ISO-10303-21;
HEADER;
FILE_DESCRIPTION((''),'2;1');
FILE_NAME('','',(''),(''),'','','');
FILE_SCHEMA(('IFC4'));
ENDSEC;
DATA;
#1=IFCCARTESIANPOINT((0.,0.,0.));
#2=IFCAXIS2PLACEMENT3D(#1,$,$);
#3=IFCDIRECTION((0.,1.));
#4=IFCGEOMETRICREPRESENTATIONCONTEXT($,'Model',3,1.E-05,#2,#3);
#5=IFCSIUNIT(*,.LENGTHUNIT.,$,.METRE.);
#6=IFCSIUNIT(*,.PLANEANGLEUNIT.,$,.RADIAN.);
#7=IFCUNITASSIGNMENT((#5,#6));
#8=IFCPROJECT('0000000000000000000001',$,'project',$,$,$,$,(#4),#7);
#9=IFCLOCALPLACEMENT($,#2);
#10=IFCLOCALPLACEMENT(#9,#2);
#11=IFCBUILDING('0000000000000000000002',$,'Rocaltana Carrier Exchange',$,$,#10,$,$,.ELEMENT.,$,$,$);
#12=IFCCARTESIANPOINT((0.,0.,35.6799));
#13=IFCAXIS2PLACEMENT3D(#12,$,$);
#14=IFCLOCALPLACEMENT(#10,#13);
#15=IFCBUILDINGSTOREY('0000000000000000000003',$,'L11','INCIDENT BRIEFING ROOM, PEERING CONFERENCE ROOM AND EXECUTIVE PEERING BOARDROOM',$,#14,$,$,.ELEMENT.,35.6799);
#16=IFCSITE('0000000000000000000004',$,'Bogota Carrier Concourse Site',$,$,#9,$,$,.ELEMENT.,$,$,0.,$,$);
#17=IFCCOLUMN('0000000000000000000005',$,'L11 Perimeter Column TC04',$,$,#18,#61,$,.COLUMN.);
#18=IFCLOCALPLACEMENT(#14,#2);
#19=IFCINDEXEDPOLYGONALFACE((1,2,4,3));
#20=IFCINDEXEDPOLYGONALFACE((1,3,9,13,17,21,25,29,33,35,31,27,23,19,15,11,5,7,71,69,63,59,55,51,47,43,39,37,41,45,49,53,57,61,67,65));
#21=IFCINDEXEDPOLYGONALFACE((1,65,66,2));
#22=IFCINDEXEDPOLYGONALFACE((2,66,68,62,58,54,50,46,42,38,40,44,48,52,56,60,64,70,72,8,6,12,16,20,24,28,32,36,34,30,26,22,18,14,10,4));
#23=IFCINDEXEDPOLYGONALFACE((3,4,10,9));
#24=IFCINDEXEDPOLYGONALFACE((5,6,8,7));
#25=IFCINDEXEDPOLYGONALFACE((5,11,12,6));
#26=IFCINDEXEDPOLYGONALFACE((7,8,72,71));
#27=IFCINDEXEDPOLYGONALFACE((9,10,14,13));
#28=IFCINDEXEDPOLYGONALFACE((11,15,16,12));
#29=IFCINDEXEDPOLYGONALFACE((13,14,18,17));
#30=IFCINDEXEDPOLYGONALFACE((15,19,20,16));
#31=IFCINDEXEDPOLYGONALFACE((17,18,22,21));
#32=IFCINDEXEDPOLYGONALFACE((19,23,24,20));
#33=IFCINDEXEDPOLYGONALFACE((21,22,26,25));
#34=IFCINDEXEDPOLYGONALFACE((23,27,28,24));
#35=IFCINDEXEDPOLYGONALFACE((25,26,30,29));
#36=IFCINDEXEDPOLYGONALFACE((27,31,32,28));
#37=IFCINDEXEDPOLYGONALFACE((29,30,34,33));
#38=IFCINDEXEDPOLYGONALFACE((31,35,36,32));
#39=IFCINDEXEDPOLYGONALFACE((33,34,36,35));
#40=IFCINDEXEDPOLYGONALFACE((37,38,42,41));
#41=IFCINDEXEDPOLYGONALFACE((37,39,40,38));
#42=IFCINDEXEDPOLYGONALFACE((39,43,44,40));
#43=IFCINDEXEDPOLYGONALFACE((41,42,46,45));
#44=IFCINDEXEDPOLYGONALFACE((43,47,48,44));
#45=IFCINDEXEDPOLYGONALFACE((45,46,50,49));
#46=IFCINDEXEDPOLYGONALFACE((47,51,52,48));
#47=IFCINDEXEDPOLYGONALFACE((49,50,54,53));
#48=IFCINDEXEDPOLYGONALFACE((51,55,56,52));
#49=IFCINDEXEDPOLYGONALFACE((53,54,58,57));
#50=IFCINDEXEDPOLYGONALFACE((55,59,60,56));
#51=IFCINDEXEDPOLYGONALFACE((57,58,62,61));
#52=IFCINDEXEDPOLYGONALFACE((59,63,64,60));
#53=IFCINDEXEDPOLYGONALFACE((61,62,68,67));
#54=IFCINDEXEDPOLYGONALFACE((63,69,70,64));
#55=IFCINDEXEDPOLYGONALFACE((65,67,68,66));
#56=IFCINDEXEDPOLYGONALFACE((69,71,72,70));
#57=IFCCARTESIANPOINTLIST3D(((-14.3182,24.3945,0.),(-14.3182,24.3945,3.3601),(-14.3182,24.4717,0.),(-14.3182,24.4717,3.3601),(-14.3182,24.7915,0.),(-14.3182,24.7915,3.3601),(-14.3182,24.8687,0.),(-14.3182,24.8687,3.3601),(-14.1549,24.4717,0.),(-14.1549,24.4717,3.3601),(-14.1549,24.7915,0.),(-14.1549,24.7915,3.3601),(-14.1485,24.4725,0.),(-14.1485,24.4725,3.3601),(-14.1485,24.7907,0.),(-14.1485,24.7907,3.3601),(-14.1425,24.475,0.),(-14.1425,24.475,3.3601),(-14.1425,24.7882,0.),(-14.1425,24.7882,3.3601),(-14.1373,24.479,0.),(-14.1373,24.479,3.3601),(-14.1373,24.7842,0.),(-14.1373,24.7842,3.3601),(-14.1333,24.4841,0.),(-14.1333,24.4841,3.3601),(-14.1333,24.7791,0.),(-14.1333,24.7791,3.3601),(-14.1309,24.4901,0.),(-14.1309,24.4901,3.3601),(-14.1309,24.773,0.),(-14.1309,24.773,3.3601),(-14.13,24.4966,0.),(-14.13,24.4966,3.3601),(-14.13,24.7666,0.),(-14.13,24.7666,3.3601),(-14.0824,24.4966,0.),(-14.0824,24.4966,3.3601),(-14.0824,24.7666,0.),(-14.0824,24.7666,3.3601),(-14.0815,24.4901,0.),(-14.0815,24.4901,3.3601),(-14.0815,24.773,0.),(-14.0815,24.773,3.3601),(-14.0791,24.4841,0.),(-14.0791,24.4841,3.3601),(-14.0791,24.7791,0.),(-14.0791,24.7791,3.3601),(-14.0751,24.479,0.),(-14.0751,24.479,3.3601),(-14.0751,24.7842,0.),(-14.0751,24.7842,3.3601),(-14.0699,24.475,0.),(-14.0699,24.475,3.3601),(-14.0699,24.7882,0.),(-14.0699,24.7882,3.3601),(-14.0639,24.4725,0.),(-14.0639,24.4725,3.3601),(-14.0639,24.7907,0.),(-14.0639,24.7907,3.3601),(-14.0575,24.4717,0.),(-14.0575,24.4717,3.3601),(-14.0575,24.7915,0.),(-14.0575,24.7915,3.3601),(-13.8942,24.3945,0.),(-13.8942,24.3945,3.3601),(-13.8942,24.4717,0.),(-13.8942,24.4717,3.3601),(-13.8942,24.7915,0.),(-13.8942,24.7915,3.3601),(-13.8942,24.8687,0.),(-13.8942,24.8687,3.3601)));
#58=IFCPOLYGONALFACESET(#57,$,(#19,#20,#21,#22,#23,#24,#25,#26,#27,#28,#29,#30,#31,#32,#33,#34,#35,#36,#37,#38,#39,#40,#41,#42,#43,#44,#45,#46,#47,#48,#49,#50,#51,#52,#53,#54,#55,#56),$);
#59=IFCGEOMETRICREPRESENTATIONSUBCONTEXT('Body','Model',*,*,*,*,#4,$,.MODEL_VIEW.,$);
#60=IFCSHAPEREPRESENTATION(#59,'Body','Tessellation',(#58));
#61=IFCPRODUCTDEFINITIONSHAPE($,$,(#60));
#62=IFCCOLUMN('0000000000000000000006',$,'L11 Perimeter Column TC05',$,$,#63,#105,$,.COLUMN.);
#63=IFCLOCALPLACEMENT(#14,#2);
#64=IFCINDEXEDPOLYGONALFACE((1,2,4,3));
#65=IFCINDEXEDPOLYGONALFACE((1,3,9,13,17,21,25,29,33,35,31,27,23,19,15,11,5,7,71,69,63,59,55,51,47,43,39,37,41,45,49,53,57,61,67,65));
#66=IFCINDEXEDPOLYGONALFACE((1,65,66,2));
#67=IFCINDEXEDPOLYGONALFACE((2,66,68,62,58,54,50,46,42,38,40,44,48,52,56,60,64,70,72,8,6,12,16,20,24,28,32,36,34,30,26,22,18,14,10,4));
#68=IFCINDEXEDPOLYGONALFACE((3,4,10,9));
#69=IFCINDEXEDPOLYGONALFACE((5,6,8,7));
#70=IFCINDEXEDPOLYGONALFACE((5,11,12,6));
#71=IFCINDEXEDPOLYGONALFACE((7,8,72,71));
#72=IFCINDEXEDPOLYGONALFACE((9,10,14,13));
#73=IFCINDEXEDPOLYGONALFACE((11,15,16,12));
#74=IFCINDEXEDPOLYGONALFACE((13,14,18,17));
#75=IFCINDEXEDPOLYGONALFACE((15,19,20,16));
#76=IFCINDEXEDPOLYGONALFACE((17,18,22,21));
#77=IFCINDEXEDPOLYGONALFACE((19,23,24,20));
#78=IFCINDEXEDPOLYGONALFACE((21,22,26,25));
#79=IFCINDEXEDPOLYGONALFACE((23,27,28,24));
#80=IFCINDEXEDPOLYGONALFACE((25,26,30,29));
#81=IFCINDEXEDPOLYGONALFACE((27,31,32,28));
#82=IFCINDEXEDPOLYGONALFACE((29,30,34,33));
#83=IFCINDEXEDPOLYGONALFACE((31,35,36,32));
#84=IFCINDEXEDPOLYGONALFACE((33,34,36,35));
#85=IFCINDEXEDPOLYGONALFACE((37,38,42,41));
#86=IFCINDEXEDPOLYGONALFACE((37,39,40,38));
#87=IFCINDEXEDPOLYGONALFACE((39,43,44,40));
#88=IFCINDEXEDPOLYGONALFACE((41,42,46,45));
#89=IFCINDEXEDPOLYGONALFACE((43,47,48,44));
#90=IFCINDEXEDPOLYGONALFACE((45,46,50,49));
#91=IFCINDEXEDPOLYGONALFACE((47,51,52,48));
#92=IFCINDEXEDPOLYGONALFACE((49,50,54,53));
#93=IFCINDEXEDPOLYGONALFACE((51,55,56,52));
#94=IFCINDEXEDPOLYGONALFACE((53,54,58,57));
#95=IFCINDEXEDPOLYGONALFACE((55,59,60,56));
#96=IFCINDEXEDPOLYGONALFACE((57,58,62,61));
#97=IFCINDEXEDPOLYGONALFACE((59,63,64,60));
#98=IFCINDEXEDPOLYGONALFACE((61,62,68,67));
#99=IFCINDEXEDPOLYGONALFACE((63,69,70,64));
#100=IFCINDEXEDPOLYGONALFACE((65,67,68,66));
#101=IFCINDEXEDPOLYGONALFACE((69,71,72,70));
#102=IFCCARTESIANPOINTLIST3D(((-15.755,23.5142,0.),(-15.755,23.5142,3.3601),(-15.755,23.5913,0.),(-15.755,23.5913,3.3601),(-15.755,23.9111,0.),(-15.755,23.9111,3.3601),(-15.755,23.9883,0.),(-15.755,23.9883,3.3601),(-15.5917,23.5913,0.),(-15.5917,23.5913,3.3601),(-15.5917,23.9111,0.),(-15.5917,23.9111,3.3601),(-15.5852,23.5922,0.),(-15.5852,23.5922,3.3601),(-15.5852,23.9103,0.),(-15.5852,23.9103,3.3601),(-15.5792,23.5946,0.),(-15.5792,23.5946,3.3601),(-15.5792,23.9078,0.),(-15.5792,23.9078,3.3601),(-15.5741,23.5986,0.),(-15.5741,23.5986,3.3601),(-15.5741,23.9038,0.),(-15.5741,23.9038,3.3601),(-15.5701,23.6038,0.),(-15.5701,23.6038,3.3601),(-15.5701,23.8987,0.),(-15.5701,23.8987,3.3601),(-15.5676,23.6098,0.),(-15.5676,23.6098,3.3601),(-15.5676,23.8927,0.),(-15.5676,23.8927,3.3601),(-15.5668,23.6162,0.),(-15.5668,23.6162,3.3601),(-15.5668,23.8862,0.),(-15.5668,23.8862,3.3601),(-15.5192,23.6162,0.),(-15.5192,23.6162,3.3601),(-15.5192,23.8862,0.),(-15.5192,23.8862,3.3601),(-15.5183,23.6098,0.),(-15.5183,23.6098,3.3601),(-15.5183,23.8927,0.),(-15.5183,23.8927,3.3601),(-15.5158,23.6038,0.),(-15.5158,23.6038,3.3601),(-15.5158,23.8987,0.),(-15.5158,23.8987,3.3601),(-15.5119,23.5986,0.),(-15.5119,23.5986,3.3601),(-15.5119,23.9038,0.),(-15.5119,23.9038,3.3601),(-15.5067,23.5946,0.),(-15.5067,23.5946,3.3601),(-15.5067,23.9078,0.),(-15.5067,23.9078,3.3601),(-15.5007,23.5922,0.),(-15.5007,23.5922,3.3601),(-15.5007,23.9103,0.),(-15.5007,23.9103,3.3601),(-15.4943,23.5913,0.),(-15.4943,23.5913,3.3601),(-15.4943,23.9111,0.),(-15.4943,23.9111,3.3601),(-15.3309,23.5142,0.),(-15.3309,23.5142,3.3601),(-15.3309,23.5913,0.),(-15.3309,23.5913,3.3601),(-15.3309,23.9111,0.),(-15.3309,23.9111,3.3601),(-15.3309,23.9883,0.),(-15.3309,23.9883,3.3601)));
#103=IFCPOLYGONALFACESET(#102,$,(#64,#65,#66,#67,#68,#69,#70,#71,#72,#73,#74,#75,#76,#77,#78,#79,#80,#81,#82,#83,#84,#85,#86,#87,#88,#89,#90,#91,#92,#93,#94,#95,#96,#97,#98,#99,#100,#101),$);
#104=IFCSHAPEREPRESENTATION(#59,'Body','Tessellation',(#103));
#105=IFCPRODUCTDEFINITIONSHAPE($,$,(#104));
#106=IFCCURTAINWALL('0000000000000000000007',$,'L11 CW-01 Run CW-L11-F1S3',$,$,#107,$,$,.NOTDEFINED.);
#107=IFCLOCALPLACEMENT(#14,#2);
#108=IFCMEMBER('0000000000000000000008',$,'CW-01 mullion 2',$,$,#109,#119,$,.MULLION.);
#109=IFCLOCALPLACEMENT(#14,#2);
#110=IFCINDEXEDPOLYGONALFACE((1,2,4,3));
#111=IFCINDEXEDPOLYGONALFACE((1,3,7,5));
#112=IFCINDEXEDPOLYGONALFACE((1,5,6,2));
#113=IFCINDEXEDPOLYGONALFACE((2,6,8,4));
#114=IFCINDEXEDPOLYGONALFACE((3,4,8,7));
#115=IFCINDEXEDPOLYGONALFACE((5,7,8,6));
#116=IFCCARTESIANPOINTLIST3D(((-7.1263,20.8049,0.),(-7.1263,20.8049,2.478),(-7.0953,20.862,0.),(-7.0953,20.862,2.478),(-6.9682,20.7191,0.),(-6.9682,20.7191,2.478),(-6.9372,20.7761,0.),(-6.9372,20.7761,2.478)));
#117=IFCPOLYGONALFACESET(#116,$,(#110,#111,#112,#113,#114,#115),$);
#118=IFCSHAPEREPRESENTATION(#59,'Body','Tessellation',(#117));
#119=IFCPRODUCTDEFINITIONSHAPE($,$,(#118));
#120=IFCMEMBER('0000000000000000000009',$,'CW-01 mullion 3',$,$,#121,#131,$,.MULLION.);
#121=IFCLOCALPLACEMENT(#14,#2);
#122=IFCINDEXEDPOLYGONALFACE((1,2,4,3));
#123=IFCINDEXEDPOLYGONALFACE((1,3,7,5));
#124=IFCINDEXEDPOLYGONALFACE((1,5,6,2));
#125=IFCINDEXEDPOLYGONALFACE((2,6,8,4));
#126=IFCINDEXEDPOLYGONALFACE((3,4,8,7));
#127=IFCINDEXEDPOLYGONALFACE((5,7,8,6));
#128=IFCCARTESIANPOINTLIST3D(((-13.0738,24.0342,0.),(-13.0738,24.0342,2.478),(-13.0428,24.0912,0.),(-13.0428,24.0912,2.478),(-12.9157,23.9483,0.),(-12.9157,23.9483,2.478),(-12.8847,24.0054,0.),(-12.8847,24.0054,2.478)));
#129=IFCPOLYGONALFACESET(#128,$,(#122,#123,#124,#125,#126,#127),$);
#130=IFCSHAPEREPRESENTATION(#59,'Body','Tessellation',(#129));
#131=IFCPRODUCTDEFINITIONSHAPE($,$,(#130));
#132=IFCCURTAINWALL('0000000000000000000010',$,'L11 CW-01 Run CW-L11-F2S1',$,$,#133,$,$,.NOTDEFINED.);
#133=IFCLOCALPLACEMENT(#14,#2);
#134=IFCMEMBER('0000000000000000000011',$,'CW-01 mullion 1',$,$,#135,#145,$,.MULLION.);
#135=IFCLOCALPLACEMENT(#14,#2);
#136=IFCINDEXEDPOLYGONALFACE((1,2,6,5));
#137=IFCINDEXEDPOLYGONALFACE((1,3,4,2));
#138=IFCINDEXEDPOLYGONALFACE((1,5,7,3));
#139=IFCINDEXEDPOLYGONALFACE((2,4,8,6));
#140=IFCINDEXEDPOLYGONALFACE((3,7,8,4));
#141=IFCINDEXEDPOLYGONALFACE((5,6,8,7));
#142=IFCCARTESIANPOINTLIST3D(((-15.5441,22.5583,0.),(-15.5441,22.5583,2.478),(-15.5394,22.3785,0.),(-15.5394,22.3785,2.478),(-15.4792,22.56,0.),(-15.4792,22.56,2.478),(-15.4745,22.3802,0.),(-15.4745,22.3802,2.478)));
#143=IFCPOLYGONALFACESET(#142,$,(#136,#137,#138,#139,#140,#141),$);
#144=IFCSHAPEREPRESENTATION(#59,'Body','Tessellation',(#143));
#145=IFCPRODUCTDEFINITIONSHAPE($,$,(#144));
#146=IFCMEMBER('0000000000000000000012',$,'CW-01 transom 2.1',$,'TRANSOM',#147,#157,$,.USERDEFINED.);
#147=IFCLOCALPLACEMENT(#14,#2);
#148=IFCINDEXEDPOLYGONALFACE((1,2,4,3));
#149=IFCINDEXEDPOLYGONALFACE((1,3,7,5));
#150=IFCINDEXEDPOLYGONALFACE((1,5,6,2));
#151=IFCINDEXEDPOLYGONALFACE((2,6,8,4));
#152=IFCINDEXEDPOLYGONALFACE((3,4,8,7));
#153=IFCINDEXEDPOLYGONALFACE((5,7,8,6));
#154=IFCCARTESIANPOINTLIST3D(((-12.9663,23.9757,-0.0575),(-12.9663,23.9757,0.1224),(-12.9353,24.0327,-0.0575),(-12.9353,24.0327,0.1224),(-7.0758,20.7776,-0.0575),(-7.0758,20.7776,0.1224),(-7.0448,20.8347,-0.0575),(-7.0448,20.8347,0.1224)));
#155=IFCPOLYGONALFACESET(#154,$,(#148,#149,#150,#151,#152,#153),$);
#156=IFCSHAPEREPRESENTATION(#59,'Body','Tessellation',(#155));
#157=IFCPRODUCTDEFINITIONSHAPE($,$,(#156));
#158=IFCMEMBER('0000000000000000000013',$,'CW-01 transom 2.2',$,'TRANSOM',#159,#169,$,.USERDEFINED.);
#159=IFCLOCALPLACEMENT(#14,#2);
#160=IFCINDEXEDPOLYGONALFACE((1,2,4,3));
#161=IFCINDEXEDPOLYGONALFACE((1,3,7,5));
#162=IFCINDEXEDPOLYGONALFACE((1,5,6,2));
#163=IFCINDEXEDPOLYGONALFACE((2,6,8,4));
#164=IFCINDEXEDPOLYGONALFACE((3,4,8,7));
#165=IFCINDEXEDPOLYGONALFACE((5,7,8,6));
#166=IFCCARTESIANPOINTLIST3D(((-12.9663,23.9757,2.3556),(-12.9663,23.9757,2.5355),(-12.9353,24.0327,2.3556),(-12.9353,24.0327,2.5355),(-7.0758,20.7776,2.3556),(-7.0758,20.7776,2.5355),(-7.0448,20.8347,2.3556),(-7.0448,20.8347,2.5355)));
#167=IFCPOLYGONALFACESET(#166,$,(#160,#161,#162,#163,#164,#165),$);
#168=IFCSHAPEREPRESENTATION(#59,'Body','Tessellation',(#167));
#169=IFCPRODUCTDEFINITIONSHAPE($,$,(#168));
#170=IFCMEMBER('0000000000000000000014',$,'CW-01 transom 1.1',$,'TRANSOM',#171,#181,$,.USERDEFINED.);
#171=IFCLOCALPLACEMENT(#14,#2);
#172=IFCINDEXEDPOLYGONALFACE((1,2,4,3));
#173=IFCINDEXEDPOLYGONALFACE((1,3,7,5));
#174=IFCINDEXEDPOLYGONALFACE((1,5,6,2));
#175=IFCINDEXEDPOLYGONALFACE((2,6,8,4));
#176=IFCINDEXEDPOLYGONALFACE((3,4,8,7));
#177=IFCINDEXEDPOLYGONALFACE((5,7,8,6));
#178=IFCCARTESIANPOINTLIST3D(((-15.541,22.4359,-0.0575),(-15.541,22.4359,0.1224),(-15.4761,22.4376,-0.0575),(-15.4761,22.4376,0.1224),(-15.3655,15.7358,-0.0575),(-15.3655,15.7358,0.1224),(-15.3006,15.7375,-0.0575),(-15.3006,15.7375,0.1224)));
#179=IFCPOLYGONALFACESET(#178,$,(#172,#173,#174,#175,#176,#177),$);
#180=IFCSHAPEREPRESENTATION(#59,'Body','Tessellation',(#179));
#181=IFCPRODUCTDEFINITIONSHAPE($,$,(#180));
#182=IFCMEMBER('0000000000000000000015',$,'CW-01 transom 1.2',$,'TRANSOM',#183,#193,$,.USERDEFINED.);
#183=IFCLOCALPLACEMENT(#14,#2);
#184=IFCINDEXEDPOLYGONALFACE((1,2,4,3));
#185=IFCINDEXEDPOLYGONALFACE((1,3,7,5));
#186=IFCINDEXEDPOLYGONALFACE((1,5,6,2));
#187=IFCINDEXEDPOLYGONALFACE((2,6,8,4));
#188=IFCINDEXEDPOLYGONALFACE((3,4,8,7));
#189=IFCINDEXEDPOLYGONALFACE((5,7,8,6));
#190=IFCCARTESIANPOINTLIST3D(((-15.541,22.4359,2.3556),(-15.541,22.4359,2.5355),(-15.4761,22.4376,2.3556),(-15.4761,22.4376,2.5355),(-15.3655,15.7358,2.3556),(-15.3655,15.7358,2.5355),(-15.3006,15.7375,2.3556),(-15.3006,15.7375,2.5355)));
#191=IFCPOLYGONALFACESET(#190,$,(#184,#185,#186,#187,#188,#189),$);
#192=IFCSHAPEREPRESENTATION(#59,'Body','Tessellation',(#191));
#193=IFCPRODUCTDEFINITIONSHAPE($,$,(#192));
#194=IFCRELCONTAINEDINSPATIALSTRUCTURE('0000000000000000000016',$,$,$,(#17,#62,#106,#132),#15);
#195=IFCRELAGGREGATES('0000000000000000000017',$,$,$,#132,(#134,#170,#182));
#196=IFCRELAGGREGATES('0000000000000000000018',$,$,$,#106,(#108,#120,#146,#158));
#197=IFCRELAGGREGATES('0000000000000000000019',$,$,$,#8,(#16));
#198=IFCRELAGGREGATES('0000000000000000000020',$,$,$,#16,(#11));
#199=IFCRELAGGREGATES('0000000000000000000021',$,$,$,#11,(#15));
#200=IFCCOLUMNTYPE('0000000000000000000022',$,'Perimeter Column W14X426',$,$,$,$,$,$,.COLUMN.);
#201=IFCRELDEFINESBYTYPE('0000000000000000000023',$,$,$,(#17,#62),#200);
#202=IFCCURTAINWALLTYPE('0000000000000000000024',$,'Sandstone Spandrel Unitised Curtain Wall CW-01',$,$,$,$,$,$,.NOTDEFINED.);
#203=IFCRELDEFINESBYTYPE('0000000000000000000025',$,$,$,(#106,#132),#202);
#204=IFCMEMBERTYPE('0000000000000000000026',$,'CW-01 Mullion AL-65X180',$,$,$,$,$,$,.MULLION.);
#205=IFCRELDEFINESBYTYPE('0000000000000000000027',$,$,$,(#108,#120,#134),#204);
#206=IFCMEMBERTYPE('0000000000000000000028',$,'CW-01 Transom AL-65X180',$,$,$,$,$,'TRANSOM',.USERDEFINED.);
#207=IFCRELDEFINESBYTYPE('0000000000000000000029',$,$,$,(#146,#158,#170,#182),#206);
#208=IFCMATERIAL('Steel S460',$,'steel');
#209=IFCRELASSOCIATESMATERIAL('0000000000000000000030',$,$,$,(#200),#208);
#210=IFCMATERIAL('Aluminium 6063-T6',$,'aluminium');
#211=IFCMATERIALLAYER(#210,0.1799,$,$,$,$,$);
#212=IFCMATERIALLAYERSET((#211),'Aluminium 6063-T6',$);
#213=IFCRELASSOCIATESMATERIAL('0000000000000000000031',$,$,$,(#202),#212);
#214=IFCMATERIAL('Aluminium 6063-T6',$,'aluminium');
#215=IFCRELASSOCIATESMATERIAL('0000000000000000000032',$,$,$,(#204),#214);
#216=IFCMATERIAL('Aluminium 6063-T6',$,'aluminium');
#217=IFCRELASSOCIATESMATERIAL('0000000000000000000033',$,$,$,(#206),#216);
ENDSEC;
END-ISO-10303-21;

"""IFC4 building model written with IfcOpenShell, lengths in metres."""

from ifc_helpers import new_model, si_unit, direction, frame, origin, origin_2d, place, context, subcontext, project, spatial, rectangle, i_section, extrude, material, layer, layer_set, material_profile, profile_set, type_object, element, aggregate, save


model = new_model("IFC4")

# Units and contexts
model_context = context("Model", 3, precision=1e-05, world=origin(), true_north=direction((0.0, 1.0)))
body_context = subcontext(model_context, "Body", "Model", "MODEL_VIEW")
ifc_project = project(units=[si_unit("LENGTHUNIT", "METRE"), si_unit("PLANEANGLEUNIT", "RADIAN")], contexts=[model_context])

# Site, building, storey
site_placement = place(None, origin())
site = spatial("IfcSite", under=ifc_project, at=site_placement, Name="Bogota Carrier Concourse Site", CompositionType="ELEMENT", RefElevation=0.0)
building_placement = place(site_placement, origin())
building = spatial("IfcBuilding", under=site, at=building_placement, Name="Rocaltana Carrier Exchange", CompositionType="ELEMENT")
storey_placement = place(building_placement, frame((0.0, 0.0, 35.6799)))
storey = spatial("IfcBuildingStorey", under=building, at=storey_placement, Name="L11", Description="INCIDENT BRIEFING ROOM, PEERING CONFERENCE ROOM AND EXECUTIVE PEERING BOARDROOM", CompositionType="ELEMENT", Elevation=35.6799)

# Columns
ifc_material_1 = material(Name="Steel S460", Category="steel")
ifc_material_profile_1 = material_profile(ifc_material_1, i_section(OverallWidth=0.4241, OverallDepth=0.4741, WebThickness=0.0476, FlangeThickness=0.0771, FilletRadius=0.0249, at=origin_2d()), Name="W14X426")
ifc_profile_set_1 = profile_set([ifc_material_profile_1], Name="Steel S460")
column_type = type_object("IfcColumnType", Name="Perimeter Column W14X426", PredefinedType="COLUMN", material=ifc_profile_set_1)
for number, where, z_axis, x_axis, name in (
    (1, (-14.1062, 24.6316, 0.0), (0.0, 0.0, 1.0), (1.0, 0.0, 0.0), "L11 Perimeter Column TC04"),
    (2, (-15.543, 23.7512, 0.0), (0.0, 0.0, 1.0), (1.0, 0.0, 0.0), "L11 Perimeter Column TC05"),
):
    element("IfcColumn", number, at=place(storey_placement, frame(where, z_axis=z_axis, x_axis=x_axis)), inside=storey, type_object=column_type, Name=name, PredefinedType="COLUMN", context=body_context, shape_type="SweptSolid", body=[
        extrude(i_section(OverallWidth=0.4241, OverallDepth=0.4741, WebThickness=0.0476, FlangeThickness=0.0771, FilletRadius=0.0249, at=origin_2d()), origin(), (0.0, 0.0, 1.0), 3.3601),
    ])

# Curtain wall, members
ifc_material_2 = material(Name="Aluminium 6063-T6", Category="aluminium")
ifc_layer_1 = layer(ifc_material_2, 0.1799)
ifc_layer_set_1 = layer_set([ifc_layer_1], Name="Aluminium 6063-T6")
curtain_wall_type = type_object("IfcCurtainWallType", Name="Sandstone Spandrel Unitised Curtain Wall CW-01", PredefinedType="NOTDEFINED", material=ifc_layer_set_1)
curtain_wall_1_placement = place(storey_placement, origin())
curtain_wall_1 = element("IfcCurtainWall", 3, at=curtain_wall_1_placement, inside=storey, type_object=curtain_wall_type, Name="L11 CW-01 Run CW-L11-F1S3", PredefinedType="NOTDEFINED")
ifc_material_3 = material(Name="Aluminium 6063-T6", Category="aluminium")
ifc_material_profile_2 = material_profile(ifc_material_3, rectangle(XDim=0.0649, YDim=0.1799, at=origin_2d()), Name="AL-65X180")
ifc_profile_set_2 = profile_set([ifc_material_profile_2], Name="Aluminium 6063-T6")
member_type_1 = type_object("IfcMemberType", Name="CW-01 Mullion AL-65X180", PredefinedType="MULLION", material=ifc_profile_set_2)
member_1_placement = place(storey_placement, frame((-7.0317, 20.7905, 0.0), z_axis=(0.0, 0.0, 1.0), x_axis=(-0.477156, -0.878819, 0.0)))
member_1 = element("IfcMember", 4, at=member_1_placement, type_object=member_type_1, Name="CW-01 mullion 2", PredefinedType="MULLION", context=body_context, shape_type="SweptSolid", body=[
    extrude(rectangle(XDim=0.0649, YDim=0.1799, at=origin_2d()), origin(), (0.0, 0.0, 1.0), 2.478),
])
member_2_placement = place(storey_placement, frame((-12.9792, 24.0198, 0.0), z_axis=(0.0, 0.0, 1.0), x_axis=(-0.477156, -0.878819, 0.0)))
member_2 = element("IfcMember", 5, at=member_2_placement, type_object=member_type_1, Name="CW-01 mullion 3", PredefinedType="MULLION", context=body_context, shape_type="SweptSolid", body=[
    extrude(rectangle(XDim=0.0649, YDim=0.1799, at=origin_2d()), origin(), (0.0, 0.0, 1.0), 2.478),
])

# Curtain wall, member
curtain_wall_2_placement = place(storey_placement, origin())
curtain_wall_2 = element("IfcCurtainWall", 6, at=curtain_wall_2_placement, inside=storey, type_object=curtain_wall_type, Name="L11 CW-01 Run CW-L11-F2S1", PredefinedType="NOTDEFINED")
member_3_placement = place(storey_placement, frame((-15.5093, 22.4692, 0.0), z_axis=(0.0, 0.0, 1.0), x_axis=(0.999657, 0.026184, 0.0)))
member_3 = element("IfcMember", 7, at=member_3_placement, type_object=member_type_1, Name="CW-01 mullion 1", PredefinedType="MULLION", context=body_context, shape_type="SweptSolid", body=[
    extrude(rectangle(XDim=0.0649, YDim=0.1799, at=origin_2d()), origin(), (0.0, 0.0, 1.0), 2.478),
])

# Members
ifc_material_4 = material(Name="Aluminium 6063-T6", Category="aluminium")
ifc_material_profile_3 = material_profile(ifc_material_4, rectangle(XDim=0.0649, YDim=0.1799, at=origin_2d()), Name="AL-65X180")
ifc_profile_set_3 = profile_set([ifc_material_profile_3], Name="Aluminium 6063-T6")
member_type_2 = type_object("IfcMemberType", Name="CW-01 Transom AL-65X180", ElementType="TRANSOM", PredefinedType="USERDEFINED", material=ifc_profile_set_3)
member_4_placement = place(storey_placement, frame((-7.0603, 20.8062, 0.0325), z_axis=(-0.878831, 0.477134, 0.0), x_axis=(-0.477134, -0.878831, 0.0)))
member_4 = element("IfcMember", 8, at=member_4_placement, type_object=member_type_2, Name="CW-01 transom 2.1", ObjectType="TRANSOM", PredefinedType="USERDEFINED", context=body_context, shape_type="SweptSolid", body=[
    extrude(rectangle(XDim=0.0649, YDim=0.1799, at=origin_2d()), origin(), (0.0, 0.0, 1.0), 6.7026),
])
member_5_placement = place(storey_placement, frame((-7.0603, 20.8062, 2.4456), z_axis=(-0.878831, 0.477134, 0.0), x_axis=(-0.477134, -0.878831, 0.0)))
member_5 = element("IfcMember", 9, at=member_5_placement, type_object=member_type_2, Name="CW-01 transom 2.2", ObjectType="TRANSOM", PredefinedType="USERDEFINED", context=body_context, shape_type="SweptSolid", body=[
    extrude(rectangle(XDim=0.0649, YDim=0.1799, at=origin_2d()), origin(), (0.0, 0.0, 1.0), 6.7026),
])
member_6_placement = place(storey_placement, frame((-15.5085, 22.4368, 0.0325), z_axis=(0.02619, -0.999657, 0.0), x_axis=(0.999657, 0.02619, 0.0)))
member_6 = element("IfcMember", 10, at=member_6_placement, type_object=member_type_2, Name="CW-01 transom 1.1", ObjectType="TRANSOM", PredefinedType="USERDEFINED", context=body_context, shape_type="SweptSolid", body=[
    extrude(rectangle(XDim=0.0649, YDim=0.1799, at=origin_2d()), origin(), (0.0, 0.0, 1.0), 6.7024),
])
member_7_placement = place(storey_placement, frame((-15.5085, 22.4368, 2.4456), z_axis=(0.02619, -0.999657, 0.0), x_axis=(0.999657, 0.02619, 0.0)))
member_7 = element("IfcMember", 11, at=member_7_placement, type_object=member_type_2, Name="CW-01 transom 1.2", ObjectType="TRANSOM", PredefinedType="USERDEFINED", context=body_context, shape_type="SweptSolid", body=[
    extrude(rectangle(XDim=0.0649, YDim=0.1799, at=origin_2d()), origin(), (0.0, 0.0, 1.0), 6.7024),
])
aggregate(curtain_wall_2, [member_3, member_6, member_7])

aggregate(curtain_wall_1, [member_1, member_2, member_4, member_5])

save(model, "model.ifc")
